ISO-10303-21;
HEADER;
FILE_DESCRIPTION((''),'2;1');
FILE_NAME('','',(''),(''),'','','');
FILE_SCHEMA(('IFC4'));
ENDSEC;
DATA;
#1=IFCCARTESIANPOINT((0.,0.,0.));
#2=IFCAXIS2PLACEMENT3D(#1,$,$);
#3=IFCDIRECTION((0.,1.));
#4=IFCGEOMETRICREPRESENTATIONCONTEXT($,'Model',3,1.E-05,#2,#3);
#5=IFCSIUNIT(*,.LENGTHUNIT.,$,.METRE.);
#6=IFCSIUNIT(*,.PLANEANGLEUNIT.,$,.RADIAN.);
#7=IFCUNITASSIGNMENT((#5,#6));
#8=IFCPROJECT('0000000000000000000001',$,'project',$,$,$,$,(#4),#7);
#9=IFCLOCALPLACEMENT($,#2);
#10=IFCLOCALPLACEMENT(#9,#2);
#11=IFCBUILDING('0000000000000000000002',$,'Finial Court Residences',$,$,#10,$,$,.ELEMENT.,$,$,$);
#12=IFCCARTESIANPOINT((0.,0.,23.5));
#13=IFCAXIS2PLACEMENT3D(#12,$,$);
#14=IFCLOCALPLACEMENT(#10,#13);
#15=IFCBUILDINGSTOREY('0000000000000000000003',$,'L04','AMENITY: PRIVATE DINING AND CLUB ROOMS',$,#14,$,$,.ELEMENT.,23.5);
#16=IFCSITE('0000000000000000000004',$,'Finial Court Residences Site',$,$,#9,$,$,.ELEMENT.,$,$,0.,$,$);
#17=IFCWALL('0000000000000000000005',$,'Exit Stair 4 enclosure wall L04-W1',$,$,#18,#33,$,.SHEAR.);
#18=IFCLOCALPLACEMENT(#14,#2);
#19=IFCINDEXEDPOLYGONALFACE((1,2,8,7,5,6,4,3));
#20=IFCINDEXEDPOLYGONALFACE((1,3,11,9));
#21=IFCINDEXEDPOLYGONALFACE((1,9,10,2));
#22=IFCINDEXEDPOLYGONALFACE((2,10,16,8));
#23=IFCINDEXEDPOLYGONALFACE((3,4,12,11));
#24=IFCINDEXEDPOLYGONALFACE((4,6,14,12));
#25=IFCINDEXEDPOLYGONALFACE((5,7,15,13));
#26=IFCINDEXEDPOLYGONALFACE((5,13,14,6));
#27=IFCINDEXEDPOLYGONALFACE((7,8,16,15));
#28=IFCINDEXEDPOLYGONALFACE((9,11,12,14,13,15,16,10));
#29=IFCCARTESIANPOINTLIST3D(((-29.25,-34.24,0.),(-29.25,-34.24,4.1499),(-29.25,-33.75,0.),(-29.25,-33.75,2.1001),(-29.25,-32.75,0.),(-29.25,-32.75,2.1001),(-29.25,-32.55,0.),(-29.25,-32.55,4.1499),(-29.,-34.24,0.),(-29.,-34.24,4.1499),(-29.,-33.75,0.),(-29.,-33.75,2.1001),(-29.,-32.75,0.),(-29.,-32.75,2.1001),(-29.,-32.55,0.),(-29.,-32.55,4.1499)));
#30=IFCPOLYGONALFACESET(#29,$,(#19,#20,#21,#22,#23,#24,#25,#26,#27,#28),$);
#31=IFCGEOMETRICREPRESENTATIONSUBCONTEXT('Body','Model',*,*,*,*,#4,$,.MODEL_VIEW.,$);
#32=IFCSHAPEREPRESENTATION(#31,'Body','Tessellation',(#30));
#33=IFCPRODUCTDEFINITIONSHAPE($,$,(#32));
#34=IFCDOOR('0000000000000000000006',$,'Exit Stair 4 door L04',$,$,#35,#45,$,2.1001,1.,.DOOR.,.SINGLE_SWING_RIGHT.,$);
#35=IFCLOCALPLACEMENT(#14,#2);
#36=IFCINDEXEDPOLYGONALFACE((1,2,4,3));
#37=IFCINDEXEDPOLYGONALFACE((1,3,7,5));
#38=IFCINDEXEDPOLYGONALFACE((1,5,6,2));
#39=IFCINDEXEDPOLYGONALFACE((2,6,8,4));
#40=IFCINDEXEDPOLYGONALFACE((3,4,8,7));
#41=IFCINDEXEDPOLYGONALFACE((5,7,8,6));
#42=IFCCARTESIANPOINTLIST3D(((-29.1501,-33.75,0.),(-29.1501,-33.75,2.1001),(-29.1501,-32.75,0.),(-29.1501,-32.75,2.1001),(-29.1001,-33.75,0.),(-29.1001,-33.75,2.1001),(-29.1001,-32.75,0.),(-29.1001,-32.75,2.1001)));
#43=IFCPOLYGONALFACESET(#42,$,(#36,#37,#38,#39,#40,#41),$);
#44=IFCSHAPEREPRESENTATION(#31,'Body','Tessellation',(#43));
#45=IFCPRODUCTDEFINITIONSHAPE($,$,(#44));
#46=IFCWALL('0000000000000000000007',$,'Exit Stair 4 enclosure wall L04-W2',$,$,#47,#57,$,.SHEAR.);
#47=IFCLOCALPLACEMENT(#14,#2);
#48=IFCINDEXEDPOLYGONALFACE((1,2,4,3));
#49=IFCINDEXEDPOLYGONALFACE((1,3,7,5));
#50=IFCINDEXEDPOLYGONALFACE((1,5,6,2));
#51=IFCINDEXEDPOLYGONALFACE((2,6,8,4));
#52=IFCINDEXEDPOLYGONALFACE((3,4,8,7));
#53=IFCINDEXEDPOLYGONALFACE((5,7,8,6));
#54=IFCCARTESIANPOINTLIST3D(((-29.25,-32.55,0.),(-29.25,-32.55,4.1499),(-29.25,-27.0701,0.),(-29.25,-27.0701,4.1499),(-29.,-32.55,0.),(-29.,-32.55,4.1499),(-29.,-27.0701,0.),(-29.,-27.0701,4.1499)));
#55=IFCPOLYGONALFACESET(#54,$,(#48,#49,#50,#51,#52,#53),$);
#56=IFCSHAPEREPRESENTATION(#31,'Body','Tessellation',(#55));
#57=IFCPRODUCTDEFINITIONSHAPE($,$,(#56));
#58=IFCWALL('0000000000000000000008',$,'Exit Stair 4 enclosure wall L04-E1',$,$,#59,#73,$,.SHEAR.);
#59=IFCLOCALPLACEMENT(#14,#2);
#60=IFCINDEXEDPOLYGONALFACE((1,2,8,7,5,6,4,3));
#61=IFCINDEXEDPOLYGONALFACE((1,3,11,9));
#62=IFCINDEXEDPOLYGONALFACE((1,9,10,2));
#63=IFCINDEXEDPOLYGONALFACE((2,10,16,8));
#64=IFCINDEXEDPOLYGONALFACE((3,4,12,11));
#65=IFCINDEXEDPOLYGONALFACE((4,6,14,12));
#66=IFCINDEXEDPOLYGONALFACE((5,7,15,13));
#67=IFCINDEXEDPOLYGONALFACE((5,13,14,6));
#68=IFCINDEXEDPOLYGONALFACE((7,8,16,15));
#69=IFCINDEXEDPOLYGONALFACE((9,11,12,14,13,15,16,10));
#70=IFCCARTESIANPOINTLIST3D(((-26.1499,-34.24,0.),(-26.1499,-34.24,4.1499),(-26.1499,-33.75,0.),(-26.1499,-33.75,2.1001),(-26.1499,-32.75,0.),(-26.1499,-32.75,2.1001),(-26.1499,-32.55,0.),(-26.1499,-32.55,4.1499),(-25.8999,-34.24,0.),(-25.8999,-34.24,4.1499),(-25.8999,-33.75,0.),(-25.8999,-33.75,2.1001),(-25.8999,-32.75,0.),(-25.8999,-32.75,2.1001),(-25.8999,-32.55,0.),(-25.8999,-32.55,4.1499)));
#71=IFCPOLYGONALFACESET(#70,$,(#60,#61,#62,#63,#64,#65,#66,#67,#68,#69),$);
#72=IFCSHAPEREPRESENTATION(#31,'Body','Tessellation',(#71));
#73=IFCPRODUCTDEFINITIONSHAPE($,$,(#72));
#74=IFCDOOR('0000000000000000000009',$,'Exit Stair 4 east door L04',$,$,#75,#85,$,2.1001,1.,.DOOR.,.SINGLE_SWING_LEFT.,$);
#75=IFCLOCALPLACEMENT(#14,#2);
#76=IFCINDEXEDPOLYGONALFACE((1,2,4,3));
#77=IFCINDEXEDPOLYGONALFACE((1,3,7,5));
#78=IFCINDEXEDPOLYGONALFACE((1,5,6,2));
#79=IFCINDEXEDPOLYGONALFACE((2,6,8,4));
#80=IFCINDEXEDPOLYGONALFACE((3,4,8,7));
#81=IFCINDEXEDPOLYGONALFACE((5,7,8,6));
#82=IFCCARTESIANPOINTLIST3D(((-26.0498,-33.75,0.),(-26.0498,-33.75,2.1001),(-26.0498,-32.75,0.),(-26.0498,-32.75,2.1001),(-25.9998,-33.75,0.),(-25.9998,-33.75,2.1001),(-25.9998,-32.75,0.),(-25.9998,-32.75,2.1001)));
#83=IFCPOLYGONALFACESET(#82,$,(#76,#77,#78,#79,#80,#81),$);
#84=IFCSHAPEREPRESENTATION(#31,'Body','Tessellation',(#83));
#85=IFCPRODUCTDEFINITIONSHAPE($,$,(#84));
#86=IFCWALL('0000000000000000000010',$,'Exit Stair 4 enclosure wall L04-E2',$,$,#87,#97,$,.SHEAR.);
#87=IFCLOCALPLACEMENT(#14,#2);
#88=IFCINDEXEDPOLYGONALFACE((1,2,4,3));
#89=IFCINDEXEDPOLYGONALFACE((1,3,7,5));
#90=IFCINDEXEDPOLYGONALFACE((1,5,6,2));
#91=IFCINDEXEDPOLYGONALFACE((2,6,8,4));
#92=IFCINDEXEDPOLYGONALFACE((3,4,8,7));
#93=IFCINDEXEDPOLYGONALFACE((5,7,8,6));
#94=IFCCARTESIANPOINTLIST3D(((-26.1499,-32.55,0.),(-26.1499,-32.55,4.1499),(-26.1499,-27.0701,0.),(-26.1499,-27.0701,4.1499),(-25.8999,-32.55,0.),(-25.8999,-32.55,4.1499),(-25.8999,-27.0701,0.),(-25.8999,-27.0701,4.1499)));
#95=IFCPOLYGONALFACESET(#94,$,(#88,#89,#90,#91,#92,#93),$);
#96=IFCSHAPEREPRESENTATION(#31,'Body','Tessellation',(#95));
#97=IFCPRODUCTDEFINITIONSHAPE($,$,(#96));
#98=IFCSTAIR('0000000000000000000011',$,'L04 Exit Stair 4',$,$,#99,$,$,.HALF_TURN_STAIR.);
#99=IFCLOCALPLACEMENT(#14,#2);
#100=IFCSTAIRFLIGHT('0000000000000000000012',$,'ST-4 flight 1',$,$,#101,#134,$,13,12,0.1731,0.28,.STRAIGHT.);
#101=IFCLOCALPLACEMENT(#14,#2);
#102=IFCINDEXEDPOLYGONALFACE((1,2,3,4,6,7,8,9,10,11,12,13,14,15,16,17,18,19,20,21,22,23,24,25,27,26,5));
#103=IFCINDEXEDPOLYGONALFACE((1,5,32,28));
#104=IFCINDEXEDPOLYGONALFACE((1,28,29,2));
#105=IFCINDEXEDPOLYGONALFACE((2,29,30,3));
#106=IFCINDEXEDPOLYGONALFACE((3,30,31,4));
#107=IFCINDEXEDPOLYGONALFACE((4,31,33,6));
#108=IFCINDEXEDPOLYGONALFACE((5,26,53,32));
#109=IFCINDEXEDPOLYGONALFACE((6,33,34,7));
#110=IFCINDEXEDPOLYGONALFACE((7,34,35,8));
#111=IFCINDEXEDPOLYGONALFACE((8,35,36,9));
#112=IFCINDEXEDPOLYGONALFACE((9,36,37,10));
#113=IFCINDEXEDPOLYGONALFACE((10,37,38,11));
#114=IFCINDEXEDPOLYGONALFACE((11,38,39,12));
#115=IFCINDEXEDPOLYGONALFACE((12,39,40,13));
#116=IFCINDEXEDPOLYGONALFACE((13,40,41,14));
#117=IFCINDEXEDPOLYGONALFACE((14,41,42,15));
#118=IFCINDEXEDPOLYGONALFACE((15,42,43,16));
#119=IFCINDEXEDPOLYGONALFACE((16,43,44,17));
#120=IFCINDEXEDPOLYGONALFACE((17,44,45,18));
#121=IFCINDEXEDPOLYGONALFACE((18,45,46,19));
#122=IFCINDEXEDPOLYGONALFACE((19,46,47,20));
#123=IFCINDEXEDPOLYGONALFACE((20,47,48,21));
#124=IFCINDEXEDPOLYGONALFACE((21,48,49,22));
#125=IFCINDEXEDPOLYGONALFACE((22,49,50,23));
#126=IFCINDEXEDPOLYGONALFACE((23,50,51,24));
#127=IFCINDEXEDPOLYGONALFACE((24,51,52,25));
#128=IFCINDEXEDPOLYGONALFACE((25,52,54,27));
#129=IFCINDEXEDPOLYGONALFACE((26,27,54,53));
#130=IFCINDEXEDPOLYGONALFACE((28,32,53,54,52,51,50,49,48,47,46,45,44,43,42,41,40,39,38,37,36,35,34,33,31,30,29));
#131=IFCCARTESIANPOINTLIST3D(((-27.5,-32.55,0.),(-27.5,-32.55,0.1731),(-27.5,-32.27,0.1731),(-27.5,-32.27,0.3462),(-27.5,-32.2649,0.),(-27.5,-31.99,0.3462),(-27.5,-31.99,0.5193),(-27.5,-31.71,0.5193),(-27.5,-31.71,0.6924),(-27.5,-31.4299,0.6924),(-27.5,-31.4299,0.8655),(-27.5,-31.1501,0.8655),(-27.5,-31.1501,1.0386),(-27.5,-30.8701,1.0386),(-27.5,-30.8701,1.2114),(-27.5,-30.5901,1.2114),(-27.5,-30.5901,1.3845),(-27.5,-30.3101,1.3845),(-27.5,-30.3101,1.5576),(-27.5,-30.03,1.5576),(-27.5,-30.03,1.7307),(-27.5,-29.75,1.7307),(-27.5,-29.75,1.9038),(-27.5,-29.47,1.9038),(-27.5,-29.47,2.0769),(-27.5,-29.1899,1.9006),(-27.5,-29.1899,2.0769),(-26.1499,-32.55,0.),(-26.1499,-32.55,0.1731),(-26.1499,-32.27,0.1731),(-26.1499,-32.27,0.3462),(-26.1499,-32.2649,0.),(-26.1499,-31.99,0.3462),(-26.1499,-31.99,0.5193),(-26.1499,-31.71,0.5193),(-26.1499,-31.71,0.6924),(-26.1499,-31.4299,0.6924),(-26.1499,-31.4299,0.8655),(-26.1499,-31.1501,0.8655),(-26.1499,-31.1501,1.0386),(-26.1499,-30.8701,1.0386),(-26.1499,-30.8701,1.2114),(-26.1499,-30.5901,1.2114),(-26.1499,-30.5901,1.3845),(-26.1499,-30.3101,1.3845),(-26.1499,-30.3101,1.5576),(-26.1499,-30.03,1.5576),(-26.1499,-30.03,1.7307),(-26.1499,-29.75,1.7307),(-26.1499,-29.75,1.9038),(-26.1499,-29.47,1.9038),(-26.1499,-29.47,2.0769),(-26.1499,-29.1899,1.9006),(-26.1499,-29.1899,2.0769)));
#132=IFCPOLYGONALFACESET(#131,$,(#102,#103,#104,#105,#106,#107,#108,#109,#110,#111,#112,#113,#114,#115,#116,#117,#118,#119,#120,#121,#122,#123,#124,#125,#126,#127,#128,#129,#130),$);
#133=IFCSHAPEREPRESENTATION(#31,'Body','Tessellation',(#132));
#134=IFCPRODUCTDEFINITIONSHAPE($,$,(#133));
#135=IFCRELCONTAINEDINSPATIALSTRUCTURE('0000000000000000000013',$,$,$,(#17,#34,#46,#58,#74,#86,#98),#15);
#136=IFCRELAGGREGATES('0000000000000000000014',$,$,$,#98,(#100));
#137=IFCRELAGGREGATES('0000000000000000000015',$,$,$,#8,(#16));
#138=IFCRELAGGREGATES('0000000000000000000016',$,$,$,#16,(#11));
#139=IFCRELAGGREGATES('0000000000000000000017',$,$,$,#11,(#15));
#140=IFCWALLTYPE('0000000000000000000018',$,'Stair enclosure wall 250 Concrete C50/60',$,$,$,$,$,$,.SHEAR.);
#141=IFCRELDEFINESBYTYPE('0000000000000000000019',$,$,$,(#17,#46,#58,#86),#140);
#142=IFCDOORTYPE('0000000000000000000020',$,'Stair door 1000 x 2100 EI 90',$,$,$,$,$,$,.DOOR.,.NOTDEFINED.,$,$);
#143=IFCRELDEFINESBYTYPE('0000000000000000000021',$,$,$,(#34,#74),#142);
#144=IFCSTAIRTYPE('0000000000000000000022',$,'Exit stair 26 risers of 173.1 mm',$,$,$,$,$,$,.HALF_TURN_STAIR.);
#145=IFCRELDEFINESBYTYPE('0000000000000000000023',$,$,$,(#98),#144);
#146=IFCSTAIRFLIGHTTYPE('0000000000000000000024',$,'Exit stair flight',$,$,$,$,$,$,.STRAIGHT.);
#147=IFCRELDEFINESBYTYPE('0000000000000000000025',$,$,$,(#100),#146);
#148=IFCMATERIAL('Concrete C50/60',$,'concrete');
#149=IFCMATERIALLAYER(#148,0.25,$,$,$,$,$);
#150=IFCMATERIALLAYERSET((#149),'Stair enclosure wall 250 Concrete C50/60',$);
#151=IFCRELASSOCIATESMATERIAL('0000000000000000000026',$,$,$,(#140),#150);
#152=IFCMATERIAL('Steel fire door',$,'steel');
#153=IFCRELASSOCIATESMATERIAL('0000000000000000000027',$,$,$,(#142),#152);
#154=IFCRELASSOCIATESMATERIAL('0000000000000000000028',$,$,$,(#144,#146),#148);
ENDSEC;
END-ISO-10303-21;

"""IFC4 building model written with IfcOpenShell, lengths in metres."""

from ifc_helpers import new_model, si_unit, direction, frame, frame_2d, origin, place, context, subcontext, project, spatial, polyline, rectangle, outline, extrude, material, layer, layer_set, type_object, element, fill, aggregate, save


model = new_model("IFC4")

# Units and contexts
model_context = context("Model", 3, precision=1e-05, world=origin(), true_north=direction((0.0, 1.0)))
body_context = subcontext(model_context, "Body", "Model", "MODEL_VIEW")
ifc_project = project(units=[si_unit("LENGTHUNIT", "METRE"), si_unit("PLANEANGLEUNIT", "RADIAN")], contexts=[model_context])

# Site, building, storey
site_placement = place(None, origin())
site = spatial("IfcSite", under=ifc_project, at=site_placement, Name="Finial Court Residences Site", CompositionType="ELEMENT", RefElevation=0.0)
building_placement = place(site_placement, origin())
building = spatial("IfcBuilding", under=site, at=building_placement, Name="Finial Court Residences", CompositionType="ELEMENT")
storey_placement = place(building_placement, frame((0.0, 0.0, 23.5)))
storey = spatial("IfcBuildingStorey", under=building, at=storey_placement, Name="L04", Description="AMENITY: PRIVATE DINING AND CLUB ROOMS", CompositionType="ELEMENT", Elevation=23.5)

# Shared definitions
ifc_material_1 = material(Name="Concrete C50/60", Category="concrete")

# Wall, opening, door
ifc_layer_1 = layer(ifc_material_1, 0.25)
ifc_layer_set_1 = layer_set([ifc_layer_1], Name="Stair enclosure wall 250 Concrete C50/60")
wall_type_1 = type_object("IfcWallType", Name="Stair enclosure wall 250 Concrete C50/60", PredefinedType="SHEAR", material=ifc_layer_set_1)
wall_1_placement = place(storey_placement, frame((-29.125, -32.55, 0.0), z_axis=(0.0, 0.0, 1.0), x_axis=(0.0, -1.0, 0.0)))
wall_1 = element("IfcWall", 1, at=wall_1_placement, inside=storey, type_object=wall_type_1, Name="Exit Stair 4 enclosure wall L04-W1", PredefinedType="SHEAR", context=body_context, shape_type="SweptSolid", body=[
    extrude(rectangle(XDim=1.6899, YDim=0.25, at=frame_2d((0.845, 0.0))), origin(), (0.0, 0.0, 1.0), 4.1499),
])
opening_1_placement = place(wall_1_placement, frame((0.2, 0.0, 0.0)))
opening_1 = element("IfcOpeningElement", 2, at=opening_1_placement, cuts=wall_1, PredefinedType="OPENING", context=body_context, shape_type="SweptSolid", body=[
    extrude(rectangle(XDim=1.0, YDim=2.1001, at=frame_2d((0.5, 1.05))), frame((0.0, 0.135, 0.0), z_axis=(0.0, -1.0, 0.0), x_axis=(1.0, 0.0, 0.0)), (0.0, 0.0, 1.0), 0.27),
])
ifc_material_2 = material(Name="Steel fire door", Category="steel")
door_type_1 = type_object("IfcDoorType", Name="Stair door 1000 x 2100 EI 90", OperationType="NOTDEFINED", PredefinedType="DOOR", material=ifc_material_2)
door_1_placement = place(opening_1_placement, origin())
door_1 = element("IfcDoor", 3, at=door_1_placement, inside=storey, type_object=door_type_1, Name="Exit Stair 4 door L04", OperationType="SINGLE_SWING_RIGHT", OverallHeight=2.1001, OverallWidth=1.0, PredefinedType="DOOR", context=body_context, shape_type="SweptSolid", body=[
    extrude(rectangle(XDim=1.0, YDim=2.1001, at=frame_2d((0.5, 1.05))), frame((0.0, 0.0249, 0.0), z_axis=(0.0, -1.0, 0.0), x_axis=(1.0, 0.0, 0.0)), (0.0, 0.0, 1.0), 0.05),
])
fill(opening_1, door_1)

# Wall
wall_2_placement = place(storey_placement, frame((-29.125, -32.55, 0.0), z_axis=(0.0, 0.0, 1.0), x_axis=(0.0, 1.0, 0.0)))
element("IfcWall", 4, at=wall_2_placement, inside=storey, type_object=wall_type_1, Name="Exit Stair 4 enclosure wall L04-W2", PredefinedType="SHEAR", context=body_context, shape_type="SweptSolid", body=[
    extrude(rectangle(XDim=5.48, YDim=0.25, at=frame_2d((2.74, 0.0))), origin(), (0.0, 0.0, 1.0), 4.1499),
])

# Wall, opening, door
wall_3_placement = place(storey_placement, frame((-26.0249, -34.24, 0.0), z_axis=(0.0, 0.0, 1.0), x_axis=(0.0, 1.0, 0.0)))
wall_3 = element("IfcWall", 5, at=wall_3_placement, inside=storey, type_object=wall_type_1, Name="Exit Stair 4 enclosure wall L04-E1", PredefinedType="SHEAR", context=body_context, shape_type="SweptSolid", body=[
    extrude(rectangle(XDim=1.6899, YDim=0.25, at=frame_2d((0.845, 0.0))), origin(), (0.0, 0.0, 1.0), 4.1499),
])
opening_2_placement = place(wall_3_placement, frame((0.49, 0.0, 0.0)))
opening_2 = element("IfcOpeningElement", 6, at=opening_2_placement, cuts=wall_3, PredefinedType="OPENING", context=body_context, shape_type="SweptSolid", body=[
    extrude(rectangle(XDim=1.0, YDim=2.1001, at=frame_2d((0.5, 1.05))), frame((0.0, 0.135, 0.0), z_axis=(0.0, -1.0, 0.0), x_axis=(1.0, 0.0, 0.0)), (0.0, 0.0, 1.0), 0.27),
])
door_2_placement = place(opening_2_placement, origin())
door_2 = element("IfcDoor", 7, at=door_2_placement, inside=storey, type_object=door_type_1, Name="Exit Stair 4 east door L04", OperationType="SINGLE_SWING_LEFT", OverallHeight=2.1001, OverallWidth=1.0, PredefinedType="DOOR", context=body_context, shape_type="SweptSolid", body=[
    extrude(rectangle(XDim=1.0, YDim=2.1001, at=frame_2d((0.5, 1.05))), frame((0.0, 0.0249, 0.0), z_axis=(0.0, -1.0, 0.0), x_axis=(1.0, 0.0, 0.0)), (0.0, 0.0, 1.0), 0.05),
])
fill(opening_2, door_2)

# Wall
wall_4_placement = place(storey_placement, frame((-26.0249, -32.55, 0.0), z_axis=(0.0, 0.0, 1.0), x_axis=(0.0, 1.0, 0.0)))
element("IfcWall", 8, at=wall_4_placement, inside=storey, type_object=wall_type_1, Name="Exit Stair 4 enclosure wall L04-E2", PredefinedType="SHEAR", context=body_context, shape_type="SweptSolid", body=[
    extrude(rectangle(XDim=5.48, YDim=0.25, at=frame_2d((2.74, 0.0))), origin(), (0.0, 0.0, 1.0), 4.1499),
])

# Stair, stair flight
stair_type = type_object("IfcStairType", Name="Exit stair 26 risers of 173.1 mm", PredefinedType="HALF_TURN_STAIR", material=ifc_material_1)
stair_placement = place(storey_placement, origin())
stair = element("IfcStair", 9, at=stair_placement, inside=storey, type_object=stair_type, Name="L04 Exit Stair 4", PredefinedType="HALF_TURN_STAIR")
stair_flight_type = type_object("IfcStairFlightType", Name="Exit stair flight", PredefinedType="STRAIGHT", material=ifc_material_1)
stair_flight_placement = place(storey_placement, frame((-26.825, -32.55, 0.0), z_axis=(0.0, 0.0, 1.0), x_axis=(0.0, 1.0, 0.0)))
stair_flight = element("IfcStairFlight", 10, at=stair_flight_placement, type_object=stair_flight_type, Name="ST-4 flight 1", NumberOfRisers=13, NumberOfTreads=12, PredefinedType="STRAIGHT", RiserHeight=0.1731, TreadLength=0.28, context=body_context, shape_type="SweptSolid", body=[
    extrude(outline(polyline([(0.0, 0.0), (0.0, 0.1731), (0.28, 0.1731), (0.28, 0.3462), (0.5601, 0.3462), (0.5601, 0.5193), (0.8401, 0.5193), (0.8401, 0.6924), (1.1201, 0.6924), (1.1201, 0.8655), (1.3999, 0.8655), (1.3999, 1.0386), (1.6799, 1.0386), (1.6799, 1.2114), (1.96, 1.2114), (1.96, 1.3845), (2.24, 1.3845), (2.24, 1.5576), (2.52, 1.5576), (2.52, 1.7307), (2.8, 1.7307), (2.8, 1.9038), (3.0801, 1.9038), (3.0801, 2.0769), (3.3601, 2.0769), (3.3601, 2.25), (3.3601, 1.9006), (0.2852, 0.0), (0.0, 0.0)])), frame((0.0, 0.675, 0.0), z_axis=(0.0, -1.0, 0.0), x_axis=(1.0, 0.0, 0.0)), (0.0, 0.0, 1.0), 1.3501),
])
aggregate(stair, [stair_flight])

save(model, "model.ifc")
